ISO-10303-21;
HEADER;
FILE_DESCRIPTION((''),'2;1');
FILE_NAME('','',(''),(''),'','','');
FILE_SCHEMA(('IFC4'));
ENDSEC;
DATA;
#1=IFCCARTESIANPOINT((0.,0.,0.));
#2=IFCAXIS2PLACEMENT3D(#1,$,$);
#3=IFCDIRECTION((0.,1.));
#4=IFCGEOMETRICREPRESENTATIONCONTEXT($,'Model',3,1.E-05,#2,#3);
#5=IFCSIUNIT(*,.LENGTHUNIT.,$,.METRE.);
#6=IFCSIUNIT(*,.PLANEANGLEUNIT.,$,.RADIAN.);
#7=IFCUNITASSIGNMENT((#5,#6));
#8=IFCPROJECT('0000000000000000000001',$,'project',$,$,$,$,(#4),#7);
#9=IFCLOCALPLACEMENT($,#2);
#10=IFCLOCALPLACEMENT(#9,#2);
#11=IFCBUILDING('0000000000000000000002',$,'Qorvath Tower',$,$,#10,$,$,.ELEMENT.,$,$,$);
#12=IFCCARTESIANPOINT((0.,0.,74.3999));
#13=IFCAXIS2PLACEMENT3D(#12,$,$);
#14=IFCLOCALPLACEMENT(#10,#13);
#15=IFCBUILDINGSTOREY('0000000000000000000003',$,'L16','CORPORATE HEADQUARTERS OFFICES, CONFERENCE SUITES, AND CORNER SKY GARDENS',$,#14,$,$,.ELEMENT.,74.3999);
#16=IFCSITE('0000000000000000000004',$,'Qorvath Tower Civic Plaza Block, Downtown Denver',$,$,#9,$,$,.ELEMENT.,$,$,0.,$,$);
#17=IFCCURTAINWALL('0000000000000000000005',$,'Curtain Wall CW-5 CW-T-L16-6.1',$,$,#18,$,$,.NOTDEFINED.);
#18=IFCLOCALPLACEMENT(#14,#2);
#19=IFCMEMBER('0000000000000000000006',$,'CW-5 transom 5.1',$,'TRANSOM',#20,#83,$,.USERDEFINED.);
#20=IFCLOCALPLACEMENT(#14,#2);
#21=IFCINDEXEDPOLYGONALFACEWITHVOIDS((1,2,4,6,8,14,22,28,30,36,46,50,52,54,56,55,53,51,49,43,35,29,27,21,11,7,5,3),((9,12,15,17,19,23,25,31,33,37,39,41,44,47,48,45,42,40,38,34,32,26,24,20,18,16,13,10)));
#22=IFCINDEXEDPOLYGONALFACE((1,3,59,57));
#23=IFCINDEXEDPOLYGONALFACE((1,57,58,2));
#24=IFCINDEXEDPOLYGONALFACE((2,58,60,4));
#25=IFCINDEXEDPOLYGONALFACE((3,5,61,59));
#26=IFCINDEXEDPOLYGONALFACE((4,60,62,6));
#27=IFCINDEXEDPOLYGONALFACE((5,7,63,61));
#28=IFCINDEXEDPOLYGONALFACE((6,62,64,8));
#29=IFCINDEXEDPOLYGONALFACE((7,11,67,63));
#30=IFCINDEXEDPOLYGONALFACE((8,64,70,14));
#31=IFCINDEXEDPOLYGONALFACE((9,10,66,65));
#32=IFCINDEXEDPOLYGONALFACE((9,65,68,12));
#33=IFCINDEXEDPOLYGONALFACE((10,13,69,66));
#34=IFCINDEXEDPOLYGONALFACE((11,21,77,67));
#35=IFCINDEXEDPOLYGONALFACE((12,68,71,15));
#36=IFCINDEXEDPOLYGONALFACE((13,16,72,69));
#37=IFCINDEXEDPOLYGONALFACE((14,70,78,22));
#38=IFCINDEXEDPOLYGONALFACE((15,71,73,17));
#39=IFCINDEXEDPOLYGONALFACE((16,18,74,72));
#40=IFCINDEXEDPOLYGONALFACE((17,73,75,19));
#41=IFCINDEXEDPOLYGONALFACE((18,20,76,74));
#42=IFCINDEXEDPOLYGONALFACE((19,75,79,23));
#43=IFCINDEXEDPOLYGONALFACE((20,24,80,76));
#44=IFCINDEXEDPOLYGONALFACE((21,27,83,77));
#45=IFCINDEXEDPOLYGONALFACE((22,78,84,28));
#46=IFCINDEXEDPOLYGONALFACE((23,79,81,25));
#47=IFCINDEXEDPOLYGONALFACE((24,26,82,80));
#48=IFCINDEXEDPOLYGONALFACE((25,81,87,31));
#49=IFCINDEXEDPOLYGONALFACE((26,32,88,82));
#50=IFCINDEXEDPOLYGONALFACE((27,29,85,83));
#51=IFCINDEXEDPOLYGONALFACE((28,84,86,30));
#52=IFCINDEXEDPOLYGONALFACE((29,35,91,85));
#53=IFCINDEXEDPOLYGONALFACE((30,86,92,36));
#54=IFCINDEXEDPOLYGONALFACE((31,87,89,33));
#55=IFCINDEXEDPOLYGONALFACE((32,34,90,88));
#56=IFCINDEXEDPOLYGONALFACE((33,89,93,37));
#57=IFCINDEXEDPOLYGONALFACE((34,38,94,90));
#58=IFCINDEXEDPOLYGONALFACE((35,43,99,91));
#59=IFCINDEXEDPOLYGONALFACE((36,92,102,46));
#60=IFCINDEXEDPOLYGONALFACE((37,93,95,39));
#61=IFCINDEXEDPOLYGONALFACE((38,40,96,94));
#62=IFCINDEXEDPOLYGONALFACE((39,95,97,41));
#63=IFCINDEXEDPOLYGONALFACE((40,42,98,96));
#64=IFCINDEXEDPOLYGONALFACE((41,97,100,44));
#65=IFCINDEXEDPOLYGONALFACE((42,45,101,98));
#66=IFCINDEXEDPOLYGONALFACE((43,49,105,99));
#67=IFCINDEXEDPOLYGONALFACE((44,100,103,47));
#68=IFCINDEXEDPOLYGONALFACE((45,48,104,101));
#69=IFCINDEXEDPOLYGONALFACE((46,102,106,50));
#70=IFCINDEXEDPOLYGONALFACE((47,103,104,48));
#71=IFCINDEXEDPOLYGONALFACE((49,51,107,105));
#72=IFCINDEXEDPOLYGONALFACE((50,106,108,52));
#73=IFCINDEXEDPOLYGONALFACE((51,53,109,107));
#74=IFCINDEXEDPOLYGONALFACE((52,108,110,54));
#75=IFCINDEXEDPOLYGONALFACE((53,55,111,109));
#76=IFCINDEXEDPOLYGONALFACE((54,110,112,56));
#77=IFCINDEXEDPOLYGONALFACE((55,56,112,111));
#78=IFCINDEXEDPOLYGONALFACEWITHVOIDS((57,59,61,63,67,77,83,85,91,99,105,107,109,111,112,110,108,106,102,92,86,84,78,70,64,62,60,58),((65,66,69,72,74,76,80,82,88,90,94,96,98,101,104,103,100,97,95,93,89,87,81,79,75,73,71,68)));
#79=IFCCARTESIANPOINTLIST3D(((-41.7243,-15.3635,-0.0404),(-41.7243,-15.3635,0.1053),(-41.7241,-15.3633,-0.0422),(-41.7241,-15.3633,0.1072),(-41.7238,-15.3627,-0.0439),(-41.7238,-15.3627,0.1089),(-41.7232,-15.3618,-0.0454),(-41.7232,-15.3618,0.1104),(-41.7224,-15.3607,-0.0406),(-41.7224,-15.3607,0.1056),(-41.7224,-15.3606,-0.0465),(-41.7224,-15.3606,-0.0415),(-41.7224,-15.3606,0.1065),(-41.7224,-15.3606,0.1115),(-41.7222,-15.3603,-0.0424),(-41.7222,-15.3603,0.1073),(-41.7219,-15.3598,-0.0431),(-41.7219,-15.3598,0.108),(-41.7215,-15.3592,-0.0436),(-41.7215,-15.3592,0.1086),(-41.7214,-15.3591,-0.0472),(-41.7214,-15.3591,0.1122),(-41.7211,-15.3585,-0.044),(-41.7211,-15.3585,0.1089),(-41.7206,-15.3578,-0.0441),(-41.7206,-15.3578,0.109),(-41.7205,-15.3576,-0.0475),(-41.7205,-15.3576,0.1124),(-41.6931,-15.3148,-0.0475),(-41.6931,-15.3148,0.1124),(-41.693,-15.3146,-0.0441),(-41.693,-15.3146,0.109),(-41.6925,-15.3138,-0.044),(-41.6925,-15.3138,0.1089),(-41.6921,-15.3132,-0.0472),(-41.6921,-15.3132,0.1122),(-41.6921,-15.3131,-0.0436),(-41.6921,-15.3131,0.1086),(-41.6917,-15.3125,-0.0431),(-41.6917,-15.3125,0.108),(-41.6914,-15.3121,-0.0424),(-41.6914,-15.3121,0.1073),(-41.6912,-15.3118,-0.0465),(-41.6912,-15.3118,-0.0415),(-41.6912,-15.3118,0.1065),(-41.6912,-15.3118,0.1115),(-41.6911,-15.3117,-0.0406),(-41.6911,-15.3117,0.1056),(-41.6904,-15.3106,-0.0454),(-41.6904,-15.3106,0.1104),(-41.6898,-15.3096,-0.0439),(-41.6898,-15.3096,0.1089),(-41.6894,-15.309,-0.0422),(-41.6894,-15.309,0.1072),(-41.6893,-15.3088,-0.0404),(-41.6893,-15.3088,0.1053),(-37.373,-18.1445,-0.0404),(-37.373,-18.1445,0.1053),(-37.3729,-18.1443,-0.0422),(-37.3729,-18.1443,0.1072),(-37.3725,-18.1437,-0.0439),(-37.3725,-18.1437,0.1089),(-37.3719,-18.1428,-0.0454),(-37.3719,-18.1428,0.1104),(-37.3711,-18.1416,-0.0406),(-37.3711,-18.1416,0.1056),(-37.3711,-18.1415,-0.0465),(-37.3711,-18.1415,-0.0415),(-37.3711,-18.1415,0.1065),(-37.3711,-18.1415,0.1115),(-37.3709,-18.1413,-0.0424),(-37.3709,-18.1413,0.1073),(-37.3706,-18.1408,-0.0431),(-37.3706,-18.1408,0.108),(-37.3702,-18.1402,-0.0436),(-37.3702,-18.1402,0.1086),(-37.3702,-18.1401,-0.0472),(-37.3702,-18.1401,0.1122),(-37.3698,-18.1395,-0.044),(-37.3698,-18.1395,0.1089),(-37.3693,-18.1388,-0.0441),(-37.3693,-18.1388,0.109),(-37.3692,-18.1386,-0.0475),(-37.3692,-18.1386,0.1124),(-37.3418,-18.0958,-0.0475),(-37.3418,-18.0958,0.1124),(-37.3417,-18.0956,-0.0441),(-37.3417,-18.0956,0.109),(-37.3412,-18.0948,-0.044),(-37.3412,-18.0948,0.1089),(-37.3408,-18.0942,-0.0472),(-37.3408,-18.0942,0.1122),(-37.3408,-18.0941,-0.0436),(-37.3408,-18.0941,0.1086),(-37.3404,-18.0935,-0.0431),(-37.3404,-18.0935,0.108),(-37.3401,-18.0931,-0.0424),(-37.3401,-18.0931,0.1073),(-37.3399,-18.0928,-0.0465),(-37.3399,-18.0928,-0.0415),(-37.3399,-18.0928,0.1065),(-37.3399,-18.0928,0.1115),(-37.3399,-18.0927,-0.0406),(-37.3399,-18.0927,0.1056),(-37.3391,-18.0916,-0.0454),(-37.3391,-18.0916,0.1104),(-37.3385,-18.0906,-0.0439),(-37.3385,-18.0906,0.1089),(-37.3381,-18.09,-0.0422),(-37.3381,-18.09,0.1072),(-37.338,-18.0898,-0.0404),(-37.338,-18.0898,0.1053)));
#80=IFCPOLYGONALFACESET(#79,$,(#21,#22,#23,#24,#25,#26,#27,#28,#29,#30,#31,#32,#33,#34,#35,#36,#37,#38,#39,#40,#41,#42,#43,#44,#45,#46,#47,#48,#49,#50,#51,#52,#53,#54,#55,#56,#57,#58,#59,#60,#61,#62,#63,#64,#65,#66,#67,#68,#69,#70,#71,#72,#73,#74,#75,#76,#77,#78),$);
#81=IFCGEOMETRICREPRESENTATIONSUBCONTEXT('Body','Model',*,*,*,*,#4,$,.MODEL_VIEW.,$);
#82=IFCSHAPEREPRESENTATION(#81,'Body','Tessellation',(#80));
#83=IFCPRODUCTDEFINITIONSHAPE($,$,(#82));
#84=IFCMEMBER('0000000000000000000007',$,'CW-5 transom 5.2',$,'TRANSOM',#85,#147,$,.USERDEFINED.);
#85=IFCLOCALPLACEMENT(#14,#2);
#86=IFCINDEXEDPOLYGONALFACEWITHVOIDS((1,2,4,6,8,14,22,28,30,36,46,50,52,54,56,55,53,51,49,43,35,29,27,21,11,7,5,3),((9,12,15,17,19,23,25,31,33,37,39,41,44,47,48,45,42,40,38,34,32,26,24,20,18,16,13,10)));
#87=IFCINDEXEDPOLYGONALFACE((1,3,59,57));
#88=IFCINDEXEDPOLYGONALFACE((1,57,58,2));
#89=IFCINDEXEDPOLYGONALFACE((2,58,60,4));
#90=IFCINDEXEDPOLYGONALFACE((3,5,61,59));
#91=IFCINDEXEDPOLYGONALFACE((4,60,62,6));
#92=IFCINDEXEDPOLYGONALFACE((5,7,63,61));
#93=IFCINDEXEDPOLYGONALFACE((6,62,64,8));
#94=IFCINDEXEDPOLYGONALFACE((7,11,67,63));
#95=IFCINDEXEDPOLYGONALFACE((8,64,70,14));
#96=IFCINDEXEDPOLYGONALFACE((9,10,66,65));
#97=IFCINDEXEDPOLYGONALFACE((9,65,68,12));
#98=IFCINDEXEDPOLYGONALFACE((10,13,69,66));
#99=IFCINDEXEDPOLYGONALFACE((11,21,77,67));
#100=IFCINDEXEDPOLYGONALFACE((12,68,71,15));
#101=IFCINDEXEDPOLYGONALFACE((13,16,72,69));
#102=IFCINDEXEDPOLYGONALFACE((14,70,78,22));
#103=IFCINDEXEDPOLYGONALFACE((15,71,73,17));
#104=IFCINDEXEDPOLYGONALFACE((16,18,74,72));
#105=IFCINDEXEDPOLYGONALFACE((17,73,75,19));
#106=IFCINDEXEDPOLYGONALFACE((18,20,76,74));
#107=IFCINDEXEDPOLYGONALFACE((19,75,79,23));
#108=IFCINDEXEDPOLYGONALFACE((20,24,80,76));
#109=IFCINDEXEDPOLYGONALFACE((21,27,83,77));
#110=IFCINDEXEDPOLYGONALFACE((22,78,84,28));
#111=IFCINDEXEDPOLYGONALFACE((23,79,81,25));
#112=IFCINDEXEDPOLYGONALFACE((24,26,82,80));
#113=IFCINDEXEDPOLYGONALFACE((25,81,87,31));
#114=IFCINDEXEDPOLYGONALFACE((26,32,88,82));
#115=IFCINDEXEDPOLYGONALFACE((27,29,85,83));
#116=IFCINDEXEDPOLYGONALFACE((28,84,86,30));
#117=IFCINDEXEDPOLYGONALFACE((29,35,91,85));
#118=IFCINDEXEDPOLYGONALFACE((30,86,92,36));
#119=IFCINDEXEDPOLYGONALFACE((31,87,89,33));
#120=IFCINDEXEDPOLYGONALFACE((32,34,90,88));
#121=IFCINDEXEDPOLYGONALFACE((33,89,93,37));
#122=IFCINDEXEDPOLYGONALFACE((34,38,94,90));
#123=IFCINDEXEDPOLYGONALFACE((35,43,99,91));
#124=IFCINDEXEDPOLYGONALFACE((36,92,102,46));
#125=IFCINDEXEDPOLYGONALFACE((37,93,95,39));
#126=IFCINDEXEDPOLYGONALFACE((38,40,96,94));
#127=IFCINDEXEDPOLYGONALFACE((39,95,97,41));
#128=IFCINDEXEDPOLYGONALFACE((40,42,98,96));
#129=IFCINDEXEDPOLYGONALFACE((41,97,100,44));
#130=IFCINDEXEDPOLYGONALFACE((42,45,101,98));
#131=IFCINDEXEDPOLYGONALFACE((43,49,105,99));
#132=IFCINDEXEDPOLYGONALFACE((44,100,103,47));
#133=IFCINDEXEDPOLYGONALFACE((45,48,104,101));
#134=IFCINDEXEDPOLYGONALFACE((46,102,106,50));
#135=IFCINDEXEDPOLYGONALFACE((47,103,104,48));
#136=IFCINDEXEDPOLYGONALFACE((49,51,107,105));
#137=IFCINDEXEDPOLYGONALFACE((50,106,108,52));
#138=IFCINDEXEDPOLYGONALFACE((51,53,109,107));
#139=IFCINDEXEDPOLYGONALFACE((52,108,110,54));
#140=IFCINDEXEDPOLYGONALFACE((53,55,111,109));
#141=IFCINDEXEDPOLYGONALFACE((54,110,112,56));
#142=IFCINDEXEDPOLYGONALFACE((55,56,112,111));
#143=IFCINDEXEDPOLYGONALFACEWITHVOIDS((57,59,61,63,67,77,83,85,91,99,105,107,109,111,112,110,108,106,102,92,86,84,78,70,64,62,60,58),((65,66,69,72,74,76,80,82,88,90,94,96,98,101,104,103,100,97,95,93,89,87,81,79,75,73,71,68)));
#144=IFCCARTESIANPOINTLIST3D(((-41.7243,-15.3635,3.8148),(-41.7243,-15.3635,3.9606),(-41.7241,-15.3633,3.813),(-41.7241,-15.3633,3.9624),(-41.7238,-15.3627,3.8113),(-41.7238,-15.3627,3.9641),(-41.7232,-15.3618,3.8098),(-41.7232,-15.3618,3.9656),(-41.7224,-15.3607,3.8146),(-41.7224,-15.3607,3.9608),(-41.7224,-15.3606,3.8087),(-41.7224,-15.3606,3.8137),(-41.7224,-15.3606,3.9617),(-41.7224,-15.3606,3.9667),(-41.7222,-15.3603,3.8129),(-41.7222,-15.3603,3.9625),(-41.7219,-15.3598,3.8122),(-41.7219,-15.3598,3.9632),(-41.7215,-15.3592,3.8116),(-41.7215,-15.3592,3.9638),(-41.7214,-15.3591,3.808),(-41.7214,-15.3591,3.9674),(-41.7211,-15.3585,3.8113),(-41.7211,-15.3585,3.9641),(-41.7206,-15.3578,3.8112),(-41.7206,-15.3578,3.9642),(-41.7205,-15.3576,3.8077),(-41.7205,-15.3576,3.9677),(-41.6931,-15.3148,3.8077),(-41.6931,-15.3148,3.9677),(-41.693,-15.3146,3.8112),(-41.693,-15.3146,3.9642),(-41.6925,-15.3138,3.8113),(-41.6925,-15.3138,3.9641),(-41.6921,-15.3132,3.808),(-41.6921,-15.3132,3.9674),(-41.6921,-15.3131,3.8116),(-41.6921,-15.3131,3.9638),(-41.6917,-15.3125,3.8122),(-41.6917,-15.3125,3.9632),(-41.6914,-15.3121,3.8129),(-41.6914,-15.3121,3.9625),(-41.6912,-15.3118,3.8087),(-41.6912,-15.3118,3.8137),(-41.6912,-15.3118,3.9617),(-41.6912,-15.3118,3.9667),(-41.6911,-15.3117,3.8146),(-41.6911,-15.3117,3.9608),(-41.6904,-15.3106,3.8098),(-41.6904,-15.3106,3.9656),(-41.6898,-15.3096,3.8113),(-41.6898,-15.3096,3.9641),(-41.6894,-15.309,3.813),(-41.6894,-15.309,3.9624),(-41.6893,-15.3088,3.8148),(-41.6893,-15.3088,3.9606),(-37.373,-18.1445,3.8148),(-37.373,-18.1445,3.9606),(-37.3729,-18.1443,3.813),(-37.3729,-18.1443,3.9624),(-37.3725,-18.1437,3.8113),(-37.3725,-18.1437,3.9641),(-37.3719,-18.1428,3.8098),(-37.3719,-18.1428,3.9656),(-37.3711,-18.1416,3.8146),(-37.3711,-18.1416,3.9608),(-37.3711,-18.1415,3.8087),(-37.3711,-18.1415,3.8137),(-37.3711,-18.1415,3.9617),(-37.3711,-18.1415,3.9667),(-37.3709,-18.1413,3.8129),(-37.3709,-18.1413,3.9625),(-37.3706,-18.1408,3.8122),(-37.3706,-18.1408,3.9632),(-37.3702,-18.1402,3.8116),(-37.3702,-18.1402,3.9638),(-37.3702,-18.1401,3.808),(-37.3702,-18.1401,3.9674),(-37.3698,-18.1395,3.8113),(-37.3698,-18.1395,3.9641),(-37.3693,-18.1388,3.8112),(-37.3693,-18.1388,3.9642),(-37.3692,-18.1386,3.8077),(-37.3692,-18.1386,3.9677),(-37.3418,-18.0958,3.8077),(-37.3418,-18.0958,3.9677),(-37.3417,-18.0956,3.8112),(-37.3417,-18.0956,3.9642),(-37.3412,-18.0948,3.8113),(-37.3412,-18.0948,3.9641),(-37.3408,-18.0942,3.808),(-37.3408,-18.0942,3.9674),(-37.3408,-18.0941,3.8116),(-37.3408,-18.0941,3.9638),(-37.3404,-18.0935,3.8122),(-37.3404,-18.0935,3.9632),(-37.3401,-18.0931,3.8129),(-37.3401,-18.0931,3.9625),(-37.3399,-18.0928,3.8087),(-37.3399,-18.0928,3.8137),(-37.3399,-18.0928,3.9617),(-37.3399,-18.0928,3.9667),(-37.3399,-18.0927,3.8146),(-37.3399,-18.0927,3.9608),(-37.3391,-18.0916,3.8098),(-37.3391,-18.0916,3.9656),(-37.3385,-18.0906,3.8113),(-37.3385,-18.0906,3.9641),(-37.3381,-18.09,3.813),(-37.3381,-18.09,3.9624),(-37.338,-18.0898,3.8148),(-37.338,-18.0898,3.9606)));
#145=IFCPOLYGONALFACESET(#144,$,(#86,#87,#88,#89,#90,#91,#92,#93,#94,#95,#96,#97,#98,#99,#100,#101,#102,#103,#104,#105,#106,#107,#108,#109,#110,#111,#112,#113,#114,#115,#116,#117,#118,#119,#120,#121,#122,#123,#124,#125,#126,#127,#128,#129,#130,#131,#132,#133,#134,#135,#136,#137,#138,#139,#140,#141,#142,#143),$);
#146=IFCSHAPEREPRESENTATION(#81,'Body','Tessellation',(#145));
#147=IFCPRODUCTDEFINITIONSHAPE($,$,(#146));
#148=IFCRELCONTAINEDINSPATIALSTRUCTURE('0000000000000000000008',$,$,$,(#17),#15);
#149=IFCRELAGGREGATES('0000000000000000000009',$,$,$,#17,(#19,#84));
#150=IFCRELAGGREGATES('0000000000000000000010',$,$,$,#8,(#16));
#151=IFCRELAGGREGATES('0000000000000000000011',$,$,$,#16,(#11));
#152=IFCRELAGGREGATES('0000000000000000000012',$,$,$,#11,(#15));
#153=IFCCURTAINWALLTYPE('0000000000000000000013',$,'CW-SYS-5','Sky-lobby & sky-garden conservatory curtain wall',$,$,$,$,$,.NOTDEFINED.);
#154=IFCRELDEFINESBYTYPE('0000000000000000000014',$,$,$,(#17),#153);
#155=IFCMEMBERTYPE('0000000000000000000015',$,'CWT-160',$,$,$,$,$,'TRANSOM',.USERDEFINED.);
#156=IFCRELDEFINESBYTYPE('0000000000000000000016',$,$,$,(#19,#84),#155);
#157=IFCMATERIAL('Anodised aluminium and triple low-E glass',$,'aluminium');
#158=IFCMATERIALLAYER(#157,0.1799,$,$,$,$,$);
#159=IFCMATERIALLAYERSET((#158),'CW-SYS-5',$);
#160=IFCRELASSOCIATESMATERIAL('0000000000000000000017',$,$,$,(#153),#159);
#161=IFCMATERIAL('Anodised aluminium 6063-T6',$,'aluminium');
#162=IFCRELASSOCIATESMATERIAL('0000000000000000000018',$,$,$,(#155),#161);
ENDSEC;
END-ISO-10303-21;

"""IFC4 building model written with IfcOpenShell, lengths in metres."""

from ifc_helpers import new_model, si_unit, direction, frame, origin, origin_2d, place, context, subcontext, project, spatial, hollow_rectangle, extrude, material, layer, layer_set, material_profile, profile_set, type_object, element, aggregate, save


model = new_model("IFC4")

# Units and contexts
model_context = context("Model", 3, precision=1e-05, world=origin(), true_north=direction((0.0, 1.0)))
body_context = subcontext(model_context, "Body", "Model", "MODEL_VIEW")
ifc_project = project(units=[si_unit("LENGTHUNIT", "METRE"), si_unit("PLANEANGLEUNIT", "RADIAN")], contexts=[model_context])

# Site, building, storey
site_placement = place(None, origin())
site = spatial("IfcSite", under=ifc_project, at=site_placement, Name="Qorvath Tower Civic Plaza Block, Downtown Denver", CompositionType="ELEMENT", RefElevation=0.0)
building_placement = place(site_placement, origin())
building = spatial("IfcBuilding", under=site, at=building_placement, Name="Qorvath Tower", CompositionType="ELEMENT")
storey_placement = place(building_placement, frame((0.0, 0.0, 74.3999)))
storey = spatial("IfcBuildingStorey", under=building, at=storey_placement, Name="L16", Description="CORPORATE HEADQUARTERS OFFICES, CONFERENCE SUITES, AND CORNER SKY GARDENS", CompositionType="ELEMENT", Elevation=74.3999)

# Shared definitions
ifc_material_1 = material(Name="Anodised aluminium and triple low-E glass", Category="aluminium")
ifc_layer_1 = layer(ifc_material_1, 0.1799)
ifc_layer_set_1 = layer_set([ifc_layer_1], Name="CW-SYS-5")
curtain_wall_type = type_object("IfcCurtainWallType", Name="CW-SYS-5", Description="Sky-lobby & sky-garden conservatory curtain wall", PredefinedType="NOTDEFINED", material=ifc_layer_set_1)

# Curtain wall, members
curtain_wall_1_placement = place(storey_placement, origin())
curtain_wall_1 = element("IfcCurtainWall", 1, at=curtain_wall_1_placement, inside=storey, type_object=curtain_wall_type, Name="Curtain Wall CW-5 CW-T-L16-6.1", PredefinedType="NOTDEFINED")
ifc_material_2 = material(Name="Anodised aluminium 6063-T6", Category="aluminium")
ifc_material_profile_1 = material_profile(ifc_material_2, hollow_rectangle(XDim=0.0649, YDim=0.1599, WallThickness=0.0034, InnerFilletRadius=0.0034, OuterFilletRadius=0.0071, at=origin_2d()), Name="CWT 160x65")
ifc_profile_set_1 = profile_set([ifc_material_profile_1], Name="Anodised aluminium 6063-T6")
member_type_1 = type_object("IfcMemberType", Name="CWT-160", ElementType="TRANSOM", PredefinedType="USERDEFINED", material=ifc_profile_set_1)
member_1_placement = place(storey_placement, frame((-41.7068, -15.3362, 0.0325), z_axis=(0.842609, -0.538526, 0.0), x_axis=(0.538526, 0.842609, 0.0)))
member_1 = element("IfcMember", 2, at=member_1_placement, type_object=member_type_1, Name="CW-5 transom 5.1", ObjectType="TRANSOM", PredefinedType="USERDEFINED", context=body_context, shape_type="SweptSolid", body=[
    extrude(hollow_rectangle(XDim=0.0649, YDim=0.1599, WallThickness=0.0034, InnerFilletRadius=0.0034, OuterFilletRadius=0.0071, at=origin_2d()), origin(), (0.0, 0.0, 1.0), 5.1641),
])
member_2_placement = place(storey_placement, frame((-41.7068, -15.3362, 3.8877), z_axis=(0.842609, -0.538526, 0.0), x_axis=(0.538526, 0.842609, 0.0)))
member_2 = element("IfcMember", 3, at=member_2_placement, type_object=member_type_1, Name="CW-5 transom 5.2", ObjectType="TRANSOM", PredefinedType="USERDEFINED", context=body_context, shape_type="SweptSolid", body=[
    extrude(hollow_rectangle(XDim=0.0649, YDim=0.1599, WallThickness=0.0034, InnerFilletRadius=0.0034, OuterFilletRadius=0.0071, at=origin_2d()), origin(), (0.0, 0.0, 1.0), 5.1641),
])

aggregate(curtain_wall_1, [member_1, member_2])

save(model, "model.ifc")
